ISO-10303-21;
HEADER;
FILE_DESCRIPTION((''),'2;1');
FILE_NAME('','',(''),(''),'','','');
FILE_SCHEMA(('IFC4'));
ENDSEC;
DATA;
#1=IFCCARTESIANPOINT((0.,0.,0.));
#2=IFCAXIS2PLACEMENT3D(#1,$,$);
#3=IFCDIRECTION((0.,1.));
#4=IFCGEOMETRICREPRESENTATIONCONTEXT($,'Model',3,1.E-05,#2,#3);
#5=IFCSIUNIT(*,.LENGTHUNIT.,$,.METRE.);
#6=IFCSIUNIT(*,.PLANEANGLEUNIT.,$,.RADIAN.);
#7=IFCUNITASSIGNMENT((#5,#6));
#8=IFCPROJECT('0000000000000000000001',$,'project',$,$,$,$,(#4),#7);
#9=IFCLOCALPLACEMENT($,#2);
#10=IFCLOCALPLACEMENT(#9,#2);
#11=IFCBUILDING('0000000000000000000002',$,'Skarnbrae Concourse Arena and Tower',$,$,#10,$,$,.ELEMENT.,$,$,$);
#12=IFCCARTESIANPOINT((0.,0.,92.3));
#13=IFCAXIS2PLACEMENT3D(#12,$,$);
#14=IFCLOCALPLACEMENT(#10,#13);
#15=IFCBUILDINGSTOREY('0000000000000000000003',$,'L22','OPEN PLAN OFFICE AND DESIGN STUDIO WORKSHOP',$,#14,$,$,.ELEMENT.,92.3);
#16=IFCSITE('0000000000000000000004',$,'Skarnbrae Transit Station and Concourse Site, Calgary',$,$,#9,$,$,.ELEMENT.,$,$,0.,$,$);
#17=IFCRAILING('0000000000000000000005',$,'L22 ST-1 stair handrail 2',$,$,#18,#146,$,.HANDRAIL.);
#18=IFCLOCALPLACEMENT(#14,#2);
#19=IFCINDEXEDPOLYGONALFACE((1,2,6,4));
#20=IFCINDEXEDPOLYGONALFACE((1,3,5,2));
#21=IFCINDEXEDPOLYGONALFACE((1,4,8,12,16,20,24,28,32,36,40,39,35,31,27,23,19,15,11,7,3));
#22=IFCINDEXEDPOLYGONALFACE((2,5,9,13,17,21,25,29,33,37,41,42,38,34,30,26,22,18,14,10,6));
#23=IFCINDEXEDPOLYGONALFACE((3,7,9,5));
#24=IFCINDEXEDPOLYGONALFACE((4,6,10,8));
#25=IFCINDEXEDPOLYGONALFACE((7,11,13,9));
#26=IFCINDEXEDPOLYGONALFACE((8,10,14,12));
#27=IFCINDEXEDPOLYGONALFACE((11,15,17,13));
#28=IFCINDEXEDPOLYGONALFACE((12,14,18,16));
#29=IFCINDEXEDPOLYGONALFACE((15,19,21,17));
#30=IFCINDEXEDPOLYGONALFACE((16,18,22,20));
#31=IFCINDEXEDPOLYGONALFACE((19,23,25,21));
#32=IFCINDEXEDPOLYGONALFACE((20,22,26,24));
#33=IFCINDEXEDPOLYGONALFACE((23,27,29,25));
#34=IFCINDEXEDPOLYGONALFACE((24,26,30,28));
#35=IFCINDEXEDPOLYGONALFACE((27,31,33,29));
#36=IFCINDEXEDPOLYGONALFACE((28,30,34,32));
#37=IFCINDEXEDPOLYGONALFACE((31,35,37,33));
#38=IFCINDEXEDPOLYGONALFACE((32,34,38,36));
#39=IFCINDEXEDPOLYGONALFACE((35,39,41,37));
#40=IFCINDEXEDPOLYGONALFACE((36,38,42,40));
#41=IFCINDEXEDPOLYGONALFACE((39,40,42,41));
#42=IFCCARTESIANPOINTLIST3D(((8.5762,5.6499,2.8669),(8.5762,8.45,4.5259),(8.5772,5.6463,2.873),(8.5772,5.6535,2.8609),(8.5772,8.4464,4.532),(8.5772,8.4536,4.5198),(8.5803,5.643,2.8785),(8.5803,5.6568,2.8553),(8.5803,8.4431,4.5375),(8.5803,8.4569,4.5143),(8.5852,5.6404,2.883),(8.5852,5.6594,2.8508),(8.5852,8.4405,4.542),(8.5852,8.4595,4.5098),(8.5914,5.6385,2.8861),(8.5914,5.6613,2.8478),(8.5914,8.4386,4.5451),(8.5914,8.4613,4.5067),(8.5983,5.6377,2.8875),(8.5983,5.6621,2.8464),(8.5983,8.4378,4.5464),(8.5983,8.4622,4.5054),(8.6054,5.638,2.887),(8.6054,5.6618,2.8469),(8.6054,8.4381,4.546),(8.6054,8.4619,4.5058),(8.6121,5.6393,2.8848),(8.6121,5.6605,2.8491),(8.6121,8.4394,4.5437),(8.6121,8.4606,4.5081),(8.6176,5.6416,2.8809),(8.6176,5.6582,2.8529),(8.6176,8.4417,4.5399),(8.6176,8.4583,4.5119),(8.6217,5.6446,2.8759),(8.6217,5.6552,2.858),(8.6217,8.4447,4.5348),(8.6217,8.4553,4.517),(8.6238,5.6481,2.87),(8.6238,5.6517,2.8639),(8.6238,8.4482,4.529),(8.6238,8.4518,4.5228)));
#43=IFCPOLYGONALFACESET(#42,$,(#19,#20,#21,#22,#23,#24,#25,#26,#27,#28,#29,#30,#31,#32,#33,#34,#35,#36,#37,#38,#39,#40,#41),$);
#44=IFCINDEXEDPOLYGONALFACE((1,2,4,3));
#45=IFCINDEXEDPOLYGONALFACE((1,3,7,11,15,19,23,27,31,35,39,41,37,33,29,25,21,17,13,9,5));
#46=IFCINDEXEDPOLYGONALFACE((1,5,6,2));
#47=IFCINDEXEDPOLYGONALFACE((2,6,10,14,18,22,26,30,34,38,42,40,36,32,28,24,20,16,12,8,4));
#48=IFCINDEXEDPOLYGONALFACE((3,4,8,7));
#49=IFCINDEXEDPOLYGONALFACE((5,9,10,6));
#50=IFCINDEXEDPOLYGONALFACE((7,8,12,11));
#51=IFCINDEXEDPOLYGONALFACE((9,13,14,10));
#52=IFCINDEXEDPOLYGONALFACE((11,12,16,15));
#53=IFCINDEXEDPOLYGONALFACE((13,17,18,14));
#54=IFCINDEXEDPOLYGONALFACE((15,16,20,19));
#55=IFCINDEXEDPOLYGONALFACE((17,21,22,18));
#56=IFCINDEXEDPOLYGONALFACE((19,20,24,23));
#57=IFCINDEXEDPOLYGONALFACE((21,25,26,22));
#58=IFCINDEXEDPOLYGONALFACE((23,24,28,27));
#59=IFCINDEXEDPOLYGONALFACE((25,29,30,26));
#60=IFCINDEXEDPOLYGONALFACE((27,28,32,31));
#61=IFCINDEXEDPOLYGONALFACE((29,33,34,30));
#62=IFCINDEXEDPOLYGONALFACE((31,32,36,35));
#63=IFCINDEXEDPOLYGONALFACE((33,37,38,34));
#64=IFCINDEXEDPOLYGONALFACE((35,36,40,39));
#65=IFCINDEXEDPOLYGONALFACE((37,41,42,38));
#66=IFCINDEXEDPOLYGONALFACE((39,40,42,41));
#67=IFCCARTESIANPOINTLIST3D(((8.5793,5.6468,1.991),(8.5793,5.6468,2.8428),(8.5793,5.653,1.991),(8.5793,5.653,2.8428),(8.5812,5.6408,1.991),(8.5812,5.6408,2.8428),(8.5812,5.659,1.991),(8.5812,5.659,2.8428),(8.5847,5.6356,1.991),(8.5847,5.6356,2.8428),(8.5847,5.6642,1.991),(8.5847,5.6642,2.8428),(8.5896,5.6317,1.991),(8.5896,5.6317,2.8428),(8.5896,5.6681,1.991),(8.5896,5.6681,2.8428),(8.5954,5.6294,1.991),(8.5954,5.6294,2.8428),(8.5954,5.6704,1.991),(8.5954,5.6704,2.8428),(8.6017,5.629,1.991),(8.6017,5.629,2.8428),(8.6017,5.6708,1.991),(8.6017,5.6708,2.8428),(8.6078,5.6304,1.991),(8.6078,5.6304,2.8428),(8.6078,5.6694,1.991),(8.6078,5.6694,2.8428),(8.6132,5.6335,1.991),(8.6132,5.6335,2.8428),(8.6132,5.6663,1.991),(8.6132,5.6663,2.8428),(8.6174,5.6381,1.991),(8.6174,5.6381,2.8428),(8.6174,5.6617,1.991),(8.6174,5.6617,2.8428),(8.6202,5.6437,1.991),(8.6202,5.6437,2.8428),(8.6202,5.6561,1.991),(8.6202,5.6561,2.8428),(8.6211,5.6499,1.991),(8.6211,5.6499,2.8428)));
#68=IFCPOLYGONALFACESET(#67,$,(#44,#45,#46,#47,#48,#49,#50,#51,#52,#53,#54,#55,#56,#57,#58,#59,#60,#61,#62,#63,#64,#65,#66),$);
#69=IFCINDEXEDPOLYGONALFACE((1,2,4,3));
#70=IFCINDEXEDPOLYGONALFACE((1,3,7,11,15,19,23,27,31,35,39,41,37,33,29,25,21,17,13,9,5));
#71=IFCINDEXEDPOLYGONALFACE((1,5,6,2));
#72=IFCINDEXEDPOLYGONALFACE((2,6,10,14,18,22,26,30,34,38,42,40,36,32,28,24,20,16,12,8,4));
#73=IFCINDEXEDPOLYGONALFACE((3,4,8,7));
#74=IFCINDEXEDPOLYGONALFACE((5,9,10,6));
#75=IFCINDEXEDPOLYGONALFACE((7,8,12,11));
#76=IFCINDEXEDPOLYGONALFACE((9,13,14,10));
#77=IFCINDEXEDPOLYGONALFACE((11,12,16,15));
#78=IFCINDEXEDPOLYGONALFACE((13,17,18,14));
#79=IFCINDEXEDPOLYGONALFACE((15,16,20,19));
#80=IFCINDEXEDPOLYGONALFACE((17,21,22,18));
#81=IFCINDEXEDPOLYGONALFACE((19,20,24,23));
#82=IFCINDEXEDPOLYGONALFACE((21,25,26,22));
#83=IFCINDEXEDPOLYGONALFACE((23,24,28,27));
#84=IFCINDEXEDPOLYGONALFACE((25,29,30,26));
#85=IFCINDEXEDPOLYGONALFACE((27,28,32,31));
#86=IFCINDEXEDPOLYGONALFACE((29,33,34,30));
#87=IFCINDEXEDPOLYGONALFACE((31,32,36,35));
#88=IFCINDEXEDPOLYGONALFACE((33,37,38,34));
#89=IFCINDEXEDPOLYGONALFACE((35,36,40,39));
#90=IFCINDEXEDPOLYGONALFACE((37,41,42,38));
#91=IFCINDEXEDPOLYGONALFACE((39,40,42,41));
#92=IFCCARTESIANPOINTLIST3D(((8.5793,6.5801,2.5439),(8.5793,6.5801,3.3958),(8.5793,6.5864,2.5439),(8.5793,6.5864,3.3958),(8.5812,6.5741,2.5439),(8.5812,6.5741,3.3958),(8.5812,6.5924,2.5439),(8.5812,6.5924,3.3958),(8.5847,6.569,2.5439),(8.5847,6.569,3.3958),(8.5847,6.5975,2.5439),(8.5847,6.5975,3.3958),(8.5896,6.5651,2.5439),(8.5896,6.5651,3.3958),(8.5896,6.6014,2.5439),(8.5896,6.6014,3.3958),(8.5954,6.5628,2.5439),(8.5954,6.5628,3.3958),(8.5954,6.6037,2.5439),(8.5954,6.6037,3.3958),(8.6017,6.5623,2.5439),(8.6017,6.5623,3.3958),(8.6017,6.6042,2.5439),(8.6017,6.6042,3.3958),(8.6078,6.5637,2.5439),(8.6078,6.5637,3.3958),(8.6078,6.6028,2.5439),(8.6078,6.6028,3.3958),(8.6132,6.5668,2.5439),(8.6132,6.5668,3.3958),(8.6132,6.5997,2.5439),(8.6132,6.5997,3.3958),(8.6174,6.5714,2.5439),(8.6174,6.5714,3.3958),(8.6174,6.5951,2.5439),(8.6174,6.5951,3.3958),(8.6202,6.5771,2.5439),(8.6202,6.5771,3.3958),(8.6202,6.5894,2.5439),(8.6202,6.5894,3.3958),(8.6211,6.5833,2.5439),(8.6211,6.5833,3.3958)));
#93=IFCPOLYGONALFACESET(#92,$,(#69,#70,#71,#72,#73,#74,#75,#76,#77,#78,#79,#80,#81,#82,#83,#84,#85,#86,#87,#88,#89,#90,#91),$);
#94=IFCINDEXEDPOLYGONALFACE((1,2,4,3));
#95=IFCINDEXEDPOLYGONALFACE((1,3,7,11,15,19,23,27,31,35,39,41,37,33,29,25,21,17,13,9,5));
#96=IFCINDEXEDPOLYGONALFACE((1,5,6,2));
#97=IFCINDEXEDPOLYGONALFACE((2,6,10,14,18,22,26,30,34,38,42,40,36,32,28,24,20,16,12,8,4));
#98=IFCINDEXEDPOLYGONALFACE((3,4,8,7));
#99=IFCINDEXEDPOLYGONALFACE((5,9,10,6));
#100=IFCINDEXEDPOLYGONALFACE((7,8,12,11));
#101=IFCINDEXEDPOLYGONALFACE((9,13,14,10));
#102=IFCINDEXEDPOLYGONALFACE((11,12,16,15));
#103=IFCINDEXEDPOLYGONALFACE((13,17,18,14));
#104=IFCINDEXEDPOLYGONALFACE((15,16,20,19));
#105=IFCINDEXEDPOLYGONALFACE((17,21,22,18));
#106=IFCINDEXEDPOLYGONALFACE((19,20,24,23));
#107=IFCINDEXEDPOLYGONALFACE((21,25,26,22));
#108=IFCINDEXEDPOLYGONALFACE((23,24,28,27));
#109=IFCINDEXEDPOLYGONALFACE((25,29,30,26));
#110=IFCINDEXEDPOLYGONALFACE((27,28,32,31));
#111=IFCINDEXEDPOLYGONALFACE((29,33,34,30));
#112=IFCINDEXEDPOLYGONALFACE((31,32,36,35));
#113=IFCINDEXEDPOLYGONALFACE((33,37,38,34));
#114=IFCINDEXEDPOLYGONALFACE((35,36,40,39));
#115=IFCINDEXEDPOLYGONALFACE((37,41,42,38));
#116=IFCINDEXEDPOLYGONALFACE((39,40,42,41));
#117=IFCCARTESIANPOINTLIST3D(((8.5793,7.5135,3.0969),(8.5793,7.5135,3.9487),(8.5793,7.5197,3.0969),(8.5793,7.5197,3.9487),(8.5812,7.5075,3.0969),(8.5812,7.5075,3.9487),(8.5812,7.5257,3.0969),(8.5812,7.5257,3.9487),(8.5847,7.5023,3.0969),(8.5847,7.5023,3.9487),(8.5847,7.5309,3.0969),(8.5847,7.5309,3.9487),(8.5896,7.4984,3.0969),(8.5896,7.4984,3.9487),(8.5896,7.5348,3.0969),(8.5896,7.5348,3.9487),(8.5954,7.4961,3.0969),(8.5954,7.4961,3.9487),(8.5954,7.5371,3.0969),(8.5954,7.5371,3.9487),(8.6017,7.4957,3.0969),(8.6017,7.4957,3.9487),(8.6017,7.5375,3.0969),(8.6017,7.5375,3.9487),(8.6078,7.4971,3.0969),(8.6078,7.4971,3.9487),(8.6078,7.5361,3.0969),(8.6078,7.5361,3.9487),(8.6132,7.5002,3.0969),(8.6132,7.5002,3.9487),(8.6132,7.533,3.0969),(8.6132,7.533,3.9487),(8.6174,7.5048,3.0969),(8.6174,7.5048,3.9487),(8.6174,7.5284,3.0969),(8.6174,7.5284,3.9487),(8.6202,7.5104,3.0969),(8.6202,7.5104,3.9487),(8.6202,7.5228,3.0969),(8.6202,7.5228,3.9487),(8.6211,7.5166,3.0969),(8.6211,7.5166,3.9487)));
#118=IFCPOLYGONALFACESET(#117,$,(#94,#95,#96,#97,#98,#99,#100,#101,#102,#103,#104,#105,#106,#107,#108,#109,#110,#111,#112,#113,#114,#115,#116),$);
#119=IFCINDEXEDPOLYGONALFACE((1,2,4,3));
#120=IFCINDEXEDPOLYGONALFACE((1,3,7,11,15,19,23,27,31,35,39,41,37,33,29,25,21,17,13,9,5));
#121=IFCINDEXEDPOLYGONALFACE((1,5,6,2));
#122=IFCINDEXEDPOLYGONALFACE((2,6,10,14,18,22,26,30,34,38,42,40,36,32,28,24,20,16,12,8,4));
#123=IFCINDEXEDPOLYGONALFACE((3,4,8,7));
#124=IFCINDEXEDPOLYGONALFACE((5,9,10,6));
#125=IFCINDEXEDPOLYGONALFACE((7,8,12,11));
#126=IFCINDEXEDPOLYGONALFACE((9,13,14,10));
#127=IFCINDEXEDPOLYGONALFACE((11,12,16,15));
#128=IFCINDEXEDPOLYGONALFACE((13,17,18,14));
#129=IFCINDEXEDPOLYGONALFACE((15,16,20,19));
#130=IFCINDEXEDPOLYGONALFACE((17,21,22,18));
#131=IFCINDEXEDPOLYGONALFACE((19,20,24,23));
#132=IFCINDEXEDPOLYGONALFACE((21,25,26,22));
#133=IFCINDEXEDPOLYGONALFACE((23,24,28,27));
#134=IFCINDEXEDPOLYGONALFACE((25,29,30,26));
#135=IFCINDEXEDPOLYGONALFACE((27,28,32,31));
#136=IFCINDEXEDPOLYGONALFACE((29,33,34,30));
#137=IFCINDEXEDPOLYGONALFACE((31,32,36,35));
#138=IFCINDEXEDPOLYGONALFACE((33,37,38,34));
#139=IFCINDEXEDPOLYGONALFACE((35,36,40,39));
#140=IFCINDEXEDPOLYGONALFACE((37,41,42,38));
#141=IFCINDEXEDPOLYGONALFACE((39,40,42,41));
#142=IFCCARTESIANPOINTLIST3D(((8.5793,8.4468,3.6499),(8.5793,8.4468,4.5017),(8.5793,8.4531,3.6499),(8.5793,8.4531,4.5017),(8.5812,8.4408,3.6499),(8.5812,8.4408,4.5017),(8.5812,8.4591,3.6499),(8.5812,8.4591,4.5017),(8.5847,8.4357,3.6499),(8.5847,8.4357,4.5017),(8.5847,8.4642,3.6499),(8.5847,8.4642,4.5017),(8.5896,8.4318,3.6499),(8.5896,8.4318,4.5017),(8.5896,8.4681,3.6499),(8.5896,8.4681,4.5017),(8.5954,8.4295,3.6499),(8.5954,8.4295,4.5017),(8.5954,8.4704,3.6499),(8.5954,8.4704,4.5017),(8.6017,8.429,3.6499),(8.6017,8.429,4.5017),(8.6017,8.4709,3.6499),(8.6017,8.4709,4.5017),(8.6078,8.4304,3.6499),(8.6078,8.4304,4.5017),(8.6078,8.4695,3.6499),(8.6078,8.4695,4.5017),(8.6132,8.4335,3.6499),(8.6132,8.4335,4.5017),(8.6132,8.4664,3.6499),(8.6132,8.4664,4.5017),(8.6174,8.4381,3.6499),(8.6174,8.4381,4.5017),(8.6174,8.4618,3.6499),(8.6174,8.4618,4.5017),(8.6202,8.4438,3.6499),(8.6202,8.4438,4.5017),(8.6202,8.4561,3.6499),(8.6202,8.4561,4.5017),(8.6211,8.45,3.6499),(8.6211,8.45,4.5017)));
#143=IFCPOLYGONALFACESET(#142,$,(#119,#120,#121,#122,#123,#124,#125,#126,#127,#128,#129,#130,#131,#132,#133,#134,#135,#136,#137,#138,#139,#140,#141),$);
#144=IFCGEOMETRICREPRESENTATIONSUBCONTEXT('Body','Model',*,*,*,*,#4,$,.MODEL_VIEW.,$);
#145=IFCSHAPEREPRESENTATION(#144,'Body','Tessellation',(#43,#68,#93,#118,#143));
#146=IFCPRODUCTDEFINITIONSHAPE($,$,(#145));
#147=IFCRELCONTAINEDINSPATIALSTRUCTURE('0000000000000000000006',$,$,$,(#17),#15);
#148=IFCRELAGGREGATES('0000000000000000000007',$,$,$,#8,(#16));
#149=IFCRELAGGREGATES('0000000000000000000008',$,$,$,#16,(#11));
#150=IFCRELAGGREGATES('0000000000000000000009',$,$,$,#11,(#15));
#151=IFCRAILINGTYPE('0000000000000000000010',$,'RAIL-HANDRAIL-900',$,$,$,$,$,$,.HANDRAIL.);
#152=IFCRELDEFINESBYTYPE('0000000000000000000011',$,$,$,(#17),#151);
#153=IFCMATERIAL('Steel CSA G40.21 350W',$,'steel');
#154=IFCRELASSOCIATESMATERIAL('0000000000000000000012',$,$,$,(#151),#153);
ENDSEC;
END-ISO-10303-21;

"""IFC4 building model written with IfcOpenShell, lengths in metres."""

from ifc_helpers import new_model, si_unit, direction, frame, origin, origin_2d, place, context, subcontext, project, spatial, circle, extrude, material, type_object, element, save


model = new_model("IFC4")

# Units and contexts
model_context = context("Model", 3, precision=1e-05, world=origin(), true_north=direction((0.0, 1.0)))
body_context = subcontext(model_context, "Body", "Model", "MODEL_VIEW")
ifc_project = project(units=[si_unit("LENGTHUNIT", "METRE"), si_unit("PLANEANGLEUNIT", "RADIAN")], contexts=[model_context])

# Site, building, storey
site_placement = place(None, origin())
site = spatial("IfcSite", under=ifc_project, at=site_placement, Name="Skarnbrae Transit Station and Concourse Site, Calgary", CompositionType="ELEMENT", RefElevation=0.0)
building_placement = place(site_placement, origin())
building = spatial("IfcBuilding", under=site, at=building_placement, Name="Skarnbrae Concourse Arena and Tower", CompositionType="ELEMENT")
storey_placement = place(building_placement, frame((0.0, 0.0, 92.3)))
storey = spatial("IfcBuildingStorey", under=building, at=storey_placement, Name="L22", Description="OPEN PLAN OFFICE AND DESIGN STUDIO WORKSHOP", CompositionType="ELEMENT", Elevation=92.3)

# Shared definitions
ifc_material_1 = material(Name="Steel CSA G40.21 350W", Category="steel")

# Railing
railing_type_1 = type_object("IfcRailingType", Name="RAIL-HANDRAIL-900", PredefinedType="HANDRAIL", material=ifc_material_1)
railing_1_placement = place(storey_placement, frame((8.6001, 5.6499, 1.991)))
element("IfcRailing", 1, at=railing_1_placement, inside=storey, type_object=railing_type_1, Name="L22 ST-1 stair handrail 2", PredefinedType="HANDRAIL", context=body_context, shape_type="SweptSolid", body=[
    extrude(circle(Radius=0.0239, at=origin_2d()), frame((0.0, 0.0, 0.876), z_axis=(0.0, 0.860339, 0.509722), x_axis=(-1.0, 0.0, 0.0)), (0.0, 0.0, 1.0), 3.2546),
    extrude(circle(Radius=0.021, at=origin_2d()), origin(), (0.0, 0.0, 1.0), 0.8518),
    extrude(circle(Radius=0.021, at=origin_2d()), frame((0.0, 0.9333, 0.553)), (0.0, 0.0, 1.0), 0.8518),
    extrude(circle(Radius=0.021, at=origin_2d()), frame((0.0, 1.8667, 1.106)), (0.0, 0.0, 1.0), 0.8518),
    extrude(circle(Radius=0.021, at=origin_2d()), frame((0.0, 2.8, 1.6589)), (0.0, 0.0, 1.0), 0.8518),
])

save(model, "model.ifc")
